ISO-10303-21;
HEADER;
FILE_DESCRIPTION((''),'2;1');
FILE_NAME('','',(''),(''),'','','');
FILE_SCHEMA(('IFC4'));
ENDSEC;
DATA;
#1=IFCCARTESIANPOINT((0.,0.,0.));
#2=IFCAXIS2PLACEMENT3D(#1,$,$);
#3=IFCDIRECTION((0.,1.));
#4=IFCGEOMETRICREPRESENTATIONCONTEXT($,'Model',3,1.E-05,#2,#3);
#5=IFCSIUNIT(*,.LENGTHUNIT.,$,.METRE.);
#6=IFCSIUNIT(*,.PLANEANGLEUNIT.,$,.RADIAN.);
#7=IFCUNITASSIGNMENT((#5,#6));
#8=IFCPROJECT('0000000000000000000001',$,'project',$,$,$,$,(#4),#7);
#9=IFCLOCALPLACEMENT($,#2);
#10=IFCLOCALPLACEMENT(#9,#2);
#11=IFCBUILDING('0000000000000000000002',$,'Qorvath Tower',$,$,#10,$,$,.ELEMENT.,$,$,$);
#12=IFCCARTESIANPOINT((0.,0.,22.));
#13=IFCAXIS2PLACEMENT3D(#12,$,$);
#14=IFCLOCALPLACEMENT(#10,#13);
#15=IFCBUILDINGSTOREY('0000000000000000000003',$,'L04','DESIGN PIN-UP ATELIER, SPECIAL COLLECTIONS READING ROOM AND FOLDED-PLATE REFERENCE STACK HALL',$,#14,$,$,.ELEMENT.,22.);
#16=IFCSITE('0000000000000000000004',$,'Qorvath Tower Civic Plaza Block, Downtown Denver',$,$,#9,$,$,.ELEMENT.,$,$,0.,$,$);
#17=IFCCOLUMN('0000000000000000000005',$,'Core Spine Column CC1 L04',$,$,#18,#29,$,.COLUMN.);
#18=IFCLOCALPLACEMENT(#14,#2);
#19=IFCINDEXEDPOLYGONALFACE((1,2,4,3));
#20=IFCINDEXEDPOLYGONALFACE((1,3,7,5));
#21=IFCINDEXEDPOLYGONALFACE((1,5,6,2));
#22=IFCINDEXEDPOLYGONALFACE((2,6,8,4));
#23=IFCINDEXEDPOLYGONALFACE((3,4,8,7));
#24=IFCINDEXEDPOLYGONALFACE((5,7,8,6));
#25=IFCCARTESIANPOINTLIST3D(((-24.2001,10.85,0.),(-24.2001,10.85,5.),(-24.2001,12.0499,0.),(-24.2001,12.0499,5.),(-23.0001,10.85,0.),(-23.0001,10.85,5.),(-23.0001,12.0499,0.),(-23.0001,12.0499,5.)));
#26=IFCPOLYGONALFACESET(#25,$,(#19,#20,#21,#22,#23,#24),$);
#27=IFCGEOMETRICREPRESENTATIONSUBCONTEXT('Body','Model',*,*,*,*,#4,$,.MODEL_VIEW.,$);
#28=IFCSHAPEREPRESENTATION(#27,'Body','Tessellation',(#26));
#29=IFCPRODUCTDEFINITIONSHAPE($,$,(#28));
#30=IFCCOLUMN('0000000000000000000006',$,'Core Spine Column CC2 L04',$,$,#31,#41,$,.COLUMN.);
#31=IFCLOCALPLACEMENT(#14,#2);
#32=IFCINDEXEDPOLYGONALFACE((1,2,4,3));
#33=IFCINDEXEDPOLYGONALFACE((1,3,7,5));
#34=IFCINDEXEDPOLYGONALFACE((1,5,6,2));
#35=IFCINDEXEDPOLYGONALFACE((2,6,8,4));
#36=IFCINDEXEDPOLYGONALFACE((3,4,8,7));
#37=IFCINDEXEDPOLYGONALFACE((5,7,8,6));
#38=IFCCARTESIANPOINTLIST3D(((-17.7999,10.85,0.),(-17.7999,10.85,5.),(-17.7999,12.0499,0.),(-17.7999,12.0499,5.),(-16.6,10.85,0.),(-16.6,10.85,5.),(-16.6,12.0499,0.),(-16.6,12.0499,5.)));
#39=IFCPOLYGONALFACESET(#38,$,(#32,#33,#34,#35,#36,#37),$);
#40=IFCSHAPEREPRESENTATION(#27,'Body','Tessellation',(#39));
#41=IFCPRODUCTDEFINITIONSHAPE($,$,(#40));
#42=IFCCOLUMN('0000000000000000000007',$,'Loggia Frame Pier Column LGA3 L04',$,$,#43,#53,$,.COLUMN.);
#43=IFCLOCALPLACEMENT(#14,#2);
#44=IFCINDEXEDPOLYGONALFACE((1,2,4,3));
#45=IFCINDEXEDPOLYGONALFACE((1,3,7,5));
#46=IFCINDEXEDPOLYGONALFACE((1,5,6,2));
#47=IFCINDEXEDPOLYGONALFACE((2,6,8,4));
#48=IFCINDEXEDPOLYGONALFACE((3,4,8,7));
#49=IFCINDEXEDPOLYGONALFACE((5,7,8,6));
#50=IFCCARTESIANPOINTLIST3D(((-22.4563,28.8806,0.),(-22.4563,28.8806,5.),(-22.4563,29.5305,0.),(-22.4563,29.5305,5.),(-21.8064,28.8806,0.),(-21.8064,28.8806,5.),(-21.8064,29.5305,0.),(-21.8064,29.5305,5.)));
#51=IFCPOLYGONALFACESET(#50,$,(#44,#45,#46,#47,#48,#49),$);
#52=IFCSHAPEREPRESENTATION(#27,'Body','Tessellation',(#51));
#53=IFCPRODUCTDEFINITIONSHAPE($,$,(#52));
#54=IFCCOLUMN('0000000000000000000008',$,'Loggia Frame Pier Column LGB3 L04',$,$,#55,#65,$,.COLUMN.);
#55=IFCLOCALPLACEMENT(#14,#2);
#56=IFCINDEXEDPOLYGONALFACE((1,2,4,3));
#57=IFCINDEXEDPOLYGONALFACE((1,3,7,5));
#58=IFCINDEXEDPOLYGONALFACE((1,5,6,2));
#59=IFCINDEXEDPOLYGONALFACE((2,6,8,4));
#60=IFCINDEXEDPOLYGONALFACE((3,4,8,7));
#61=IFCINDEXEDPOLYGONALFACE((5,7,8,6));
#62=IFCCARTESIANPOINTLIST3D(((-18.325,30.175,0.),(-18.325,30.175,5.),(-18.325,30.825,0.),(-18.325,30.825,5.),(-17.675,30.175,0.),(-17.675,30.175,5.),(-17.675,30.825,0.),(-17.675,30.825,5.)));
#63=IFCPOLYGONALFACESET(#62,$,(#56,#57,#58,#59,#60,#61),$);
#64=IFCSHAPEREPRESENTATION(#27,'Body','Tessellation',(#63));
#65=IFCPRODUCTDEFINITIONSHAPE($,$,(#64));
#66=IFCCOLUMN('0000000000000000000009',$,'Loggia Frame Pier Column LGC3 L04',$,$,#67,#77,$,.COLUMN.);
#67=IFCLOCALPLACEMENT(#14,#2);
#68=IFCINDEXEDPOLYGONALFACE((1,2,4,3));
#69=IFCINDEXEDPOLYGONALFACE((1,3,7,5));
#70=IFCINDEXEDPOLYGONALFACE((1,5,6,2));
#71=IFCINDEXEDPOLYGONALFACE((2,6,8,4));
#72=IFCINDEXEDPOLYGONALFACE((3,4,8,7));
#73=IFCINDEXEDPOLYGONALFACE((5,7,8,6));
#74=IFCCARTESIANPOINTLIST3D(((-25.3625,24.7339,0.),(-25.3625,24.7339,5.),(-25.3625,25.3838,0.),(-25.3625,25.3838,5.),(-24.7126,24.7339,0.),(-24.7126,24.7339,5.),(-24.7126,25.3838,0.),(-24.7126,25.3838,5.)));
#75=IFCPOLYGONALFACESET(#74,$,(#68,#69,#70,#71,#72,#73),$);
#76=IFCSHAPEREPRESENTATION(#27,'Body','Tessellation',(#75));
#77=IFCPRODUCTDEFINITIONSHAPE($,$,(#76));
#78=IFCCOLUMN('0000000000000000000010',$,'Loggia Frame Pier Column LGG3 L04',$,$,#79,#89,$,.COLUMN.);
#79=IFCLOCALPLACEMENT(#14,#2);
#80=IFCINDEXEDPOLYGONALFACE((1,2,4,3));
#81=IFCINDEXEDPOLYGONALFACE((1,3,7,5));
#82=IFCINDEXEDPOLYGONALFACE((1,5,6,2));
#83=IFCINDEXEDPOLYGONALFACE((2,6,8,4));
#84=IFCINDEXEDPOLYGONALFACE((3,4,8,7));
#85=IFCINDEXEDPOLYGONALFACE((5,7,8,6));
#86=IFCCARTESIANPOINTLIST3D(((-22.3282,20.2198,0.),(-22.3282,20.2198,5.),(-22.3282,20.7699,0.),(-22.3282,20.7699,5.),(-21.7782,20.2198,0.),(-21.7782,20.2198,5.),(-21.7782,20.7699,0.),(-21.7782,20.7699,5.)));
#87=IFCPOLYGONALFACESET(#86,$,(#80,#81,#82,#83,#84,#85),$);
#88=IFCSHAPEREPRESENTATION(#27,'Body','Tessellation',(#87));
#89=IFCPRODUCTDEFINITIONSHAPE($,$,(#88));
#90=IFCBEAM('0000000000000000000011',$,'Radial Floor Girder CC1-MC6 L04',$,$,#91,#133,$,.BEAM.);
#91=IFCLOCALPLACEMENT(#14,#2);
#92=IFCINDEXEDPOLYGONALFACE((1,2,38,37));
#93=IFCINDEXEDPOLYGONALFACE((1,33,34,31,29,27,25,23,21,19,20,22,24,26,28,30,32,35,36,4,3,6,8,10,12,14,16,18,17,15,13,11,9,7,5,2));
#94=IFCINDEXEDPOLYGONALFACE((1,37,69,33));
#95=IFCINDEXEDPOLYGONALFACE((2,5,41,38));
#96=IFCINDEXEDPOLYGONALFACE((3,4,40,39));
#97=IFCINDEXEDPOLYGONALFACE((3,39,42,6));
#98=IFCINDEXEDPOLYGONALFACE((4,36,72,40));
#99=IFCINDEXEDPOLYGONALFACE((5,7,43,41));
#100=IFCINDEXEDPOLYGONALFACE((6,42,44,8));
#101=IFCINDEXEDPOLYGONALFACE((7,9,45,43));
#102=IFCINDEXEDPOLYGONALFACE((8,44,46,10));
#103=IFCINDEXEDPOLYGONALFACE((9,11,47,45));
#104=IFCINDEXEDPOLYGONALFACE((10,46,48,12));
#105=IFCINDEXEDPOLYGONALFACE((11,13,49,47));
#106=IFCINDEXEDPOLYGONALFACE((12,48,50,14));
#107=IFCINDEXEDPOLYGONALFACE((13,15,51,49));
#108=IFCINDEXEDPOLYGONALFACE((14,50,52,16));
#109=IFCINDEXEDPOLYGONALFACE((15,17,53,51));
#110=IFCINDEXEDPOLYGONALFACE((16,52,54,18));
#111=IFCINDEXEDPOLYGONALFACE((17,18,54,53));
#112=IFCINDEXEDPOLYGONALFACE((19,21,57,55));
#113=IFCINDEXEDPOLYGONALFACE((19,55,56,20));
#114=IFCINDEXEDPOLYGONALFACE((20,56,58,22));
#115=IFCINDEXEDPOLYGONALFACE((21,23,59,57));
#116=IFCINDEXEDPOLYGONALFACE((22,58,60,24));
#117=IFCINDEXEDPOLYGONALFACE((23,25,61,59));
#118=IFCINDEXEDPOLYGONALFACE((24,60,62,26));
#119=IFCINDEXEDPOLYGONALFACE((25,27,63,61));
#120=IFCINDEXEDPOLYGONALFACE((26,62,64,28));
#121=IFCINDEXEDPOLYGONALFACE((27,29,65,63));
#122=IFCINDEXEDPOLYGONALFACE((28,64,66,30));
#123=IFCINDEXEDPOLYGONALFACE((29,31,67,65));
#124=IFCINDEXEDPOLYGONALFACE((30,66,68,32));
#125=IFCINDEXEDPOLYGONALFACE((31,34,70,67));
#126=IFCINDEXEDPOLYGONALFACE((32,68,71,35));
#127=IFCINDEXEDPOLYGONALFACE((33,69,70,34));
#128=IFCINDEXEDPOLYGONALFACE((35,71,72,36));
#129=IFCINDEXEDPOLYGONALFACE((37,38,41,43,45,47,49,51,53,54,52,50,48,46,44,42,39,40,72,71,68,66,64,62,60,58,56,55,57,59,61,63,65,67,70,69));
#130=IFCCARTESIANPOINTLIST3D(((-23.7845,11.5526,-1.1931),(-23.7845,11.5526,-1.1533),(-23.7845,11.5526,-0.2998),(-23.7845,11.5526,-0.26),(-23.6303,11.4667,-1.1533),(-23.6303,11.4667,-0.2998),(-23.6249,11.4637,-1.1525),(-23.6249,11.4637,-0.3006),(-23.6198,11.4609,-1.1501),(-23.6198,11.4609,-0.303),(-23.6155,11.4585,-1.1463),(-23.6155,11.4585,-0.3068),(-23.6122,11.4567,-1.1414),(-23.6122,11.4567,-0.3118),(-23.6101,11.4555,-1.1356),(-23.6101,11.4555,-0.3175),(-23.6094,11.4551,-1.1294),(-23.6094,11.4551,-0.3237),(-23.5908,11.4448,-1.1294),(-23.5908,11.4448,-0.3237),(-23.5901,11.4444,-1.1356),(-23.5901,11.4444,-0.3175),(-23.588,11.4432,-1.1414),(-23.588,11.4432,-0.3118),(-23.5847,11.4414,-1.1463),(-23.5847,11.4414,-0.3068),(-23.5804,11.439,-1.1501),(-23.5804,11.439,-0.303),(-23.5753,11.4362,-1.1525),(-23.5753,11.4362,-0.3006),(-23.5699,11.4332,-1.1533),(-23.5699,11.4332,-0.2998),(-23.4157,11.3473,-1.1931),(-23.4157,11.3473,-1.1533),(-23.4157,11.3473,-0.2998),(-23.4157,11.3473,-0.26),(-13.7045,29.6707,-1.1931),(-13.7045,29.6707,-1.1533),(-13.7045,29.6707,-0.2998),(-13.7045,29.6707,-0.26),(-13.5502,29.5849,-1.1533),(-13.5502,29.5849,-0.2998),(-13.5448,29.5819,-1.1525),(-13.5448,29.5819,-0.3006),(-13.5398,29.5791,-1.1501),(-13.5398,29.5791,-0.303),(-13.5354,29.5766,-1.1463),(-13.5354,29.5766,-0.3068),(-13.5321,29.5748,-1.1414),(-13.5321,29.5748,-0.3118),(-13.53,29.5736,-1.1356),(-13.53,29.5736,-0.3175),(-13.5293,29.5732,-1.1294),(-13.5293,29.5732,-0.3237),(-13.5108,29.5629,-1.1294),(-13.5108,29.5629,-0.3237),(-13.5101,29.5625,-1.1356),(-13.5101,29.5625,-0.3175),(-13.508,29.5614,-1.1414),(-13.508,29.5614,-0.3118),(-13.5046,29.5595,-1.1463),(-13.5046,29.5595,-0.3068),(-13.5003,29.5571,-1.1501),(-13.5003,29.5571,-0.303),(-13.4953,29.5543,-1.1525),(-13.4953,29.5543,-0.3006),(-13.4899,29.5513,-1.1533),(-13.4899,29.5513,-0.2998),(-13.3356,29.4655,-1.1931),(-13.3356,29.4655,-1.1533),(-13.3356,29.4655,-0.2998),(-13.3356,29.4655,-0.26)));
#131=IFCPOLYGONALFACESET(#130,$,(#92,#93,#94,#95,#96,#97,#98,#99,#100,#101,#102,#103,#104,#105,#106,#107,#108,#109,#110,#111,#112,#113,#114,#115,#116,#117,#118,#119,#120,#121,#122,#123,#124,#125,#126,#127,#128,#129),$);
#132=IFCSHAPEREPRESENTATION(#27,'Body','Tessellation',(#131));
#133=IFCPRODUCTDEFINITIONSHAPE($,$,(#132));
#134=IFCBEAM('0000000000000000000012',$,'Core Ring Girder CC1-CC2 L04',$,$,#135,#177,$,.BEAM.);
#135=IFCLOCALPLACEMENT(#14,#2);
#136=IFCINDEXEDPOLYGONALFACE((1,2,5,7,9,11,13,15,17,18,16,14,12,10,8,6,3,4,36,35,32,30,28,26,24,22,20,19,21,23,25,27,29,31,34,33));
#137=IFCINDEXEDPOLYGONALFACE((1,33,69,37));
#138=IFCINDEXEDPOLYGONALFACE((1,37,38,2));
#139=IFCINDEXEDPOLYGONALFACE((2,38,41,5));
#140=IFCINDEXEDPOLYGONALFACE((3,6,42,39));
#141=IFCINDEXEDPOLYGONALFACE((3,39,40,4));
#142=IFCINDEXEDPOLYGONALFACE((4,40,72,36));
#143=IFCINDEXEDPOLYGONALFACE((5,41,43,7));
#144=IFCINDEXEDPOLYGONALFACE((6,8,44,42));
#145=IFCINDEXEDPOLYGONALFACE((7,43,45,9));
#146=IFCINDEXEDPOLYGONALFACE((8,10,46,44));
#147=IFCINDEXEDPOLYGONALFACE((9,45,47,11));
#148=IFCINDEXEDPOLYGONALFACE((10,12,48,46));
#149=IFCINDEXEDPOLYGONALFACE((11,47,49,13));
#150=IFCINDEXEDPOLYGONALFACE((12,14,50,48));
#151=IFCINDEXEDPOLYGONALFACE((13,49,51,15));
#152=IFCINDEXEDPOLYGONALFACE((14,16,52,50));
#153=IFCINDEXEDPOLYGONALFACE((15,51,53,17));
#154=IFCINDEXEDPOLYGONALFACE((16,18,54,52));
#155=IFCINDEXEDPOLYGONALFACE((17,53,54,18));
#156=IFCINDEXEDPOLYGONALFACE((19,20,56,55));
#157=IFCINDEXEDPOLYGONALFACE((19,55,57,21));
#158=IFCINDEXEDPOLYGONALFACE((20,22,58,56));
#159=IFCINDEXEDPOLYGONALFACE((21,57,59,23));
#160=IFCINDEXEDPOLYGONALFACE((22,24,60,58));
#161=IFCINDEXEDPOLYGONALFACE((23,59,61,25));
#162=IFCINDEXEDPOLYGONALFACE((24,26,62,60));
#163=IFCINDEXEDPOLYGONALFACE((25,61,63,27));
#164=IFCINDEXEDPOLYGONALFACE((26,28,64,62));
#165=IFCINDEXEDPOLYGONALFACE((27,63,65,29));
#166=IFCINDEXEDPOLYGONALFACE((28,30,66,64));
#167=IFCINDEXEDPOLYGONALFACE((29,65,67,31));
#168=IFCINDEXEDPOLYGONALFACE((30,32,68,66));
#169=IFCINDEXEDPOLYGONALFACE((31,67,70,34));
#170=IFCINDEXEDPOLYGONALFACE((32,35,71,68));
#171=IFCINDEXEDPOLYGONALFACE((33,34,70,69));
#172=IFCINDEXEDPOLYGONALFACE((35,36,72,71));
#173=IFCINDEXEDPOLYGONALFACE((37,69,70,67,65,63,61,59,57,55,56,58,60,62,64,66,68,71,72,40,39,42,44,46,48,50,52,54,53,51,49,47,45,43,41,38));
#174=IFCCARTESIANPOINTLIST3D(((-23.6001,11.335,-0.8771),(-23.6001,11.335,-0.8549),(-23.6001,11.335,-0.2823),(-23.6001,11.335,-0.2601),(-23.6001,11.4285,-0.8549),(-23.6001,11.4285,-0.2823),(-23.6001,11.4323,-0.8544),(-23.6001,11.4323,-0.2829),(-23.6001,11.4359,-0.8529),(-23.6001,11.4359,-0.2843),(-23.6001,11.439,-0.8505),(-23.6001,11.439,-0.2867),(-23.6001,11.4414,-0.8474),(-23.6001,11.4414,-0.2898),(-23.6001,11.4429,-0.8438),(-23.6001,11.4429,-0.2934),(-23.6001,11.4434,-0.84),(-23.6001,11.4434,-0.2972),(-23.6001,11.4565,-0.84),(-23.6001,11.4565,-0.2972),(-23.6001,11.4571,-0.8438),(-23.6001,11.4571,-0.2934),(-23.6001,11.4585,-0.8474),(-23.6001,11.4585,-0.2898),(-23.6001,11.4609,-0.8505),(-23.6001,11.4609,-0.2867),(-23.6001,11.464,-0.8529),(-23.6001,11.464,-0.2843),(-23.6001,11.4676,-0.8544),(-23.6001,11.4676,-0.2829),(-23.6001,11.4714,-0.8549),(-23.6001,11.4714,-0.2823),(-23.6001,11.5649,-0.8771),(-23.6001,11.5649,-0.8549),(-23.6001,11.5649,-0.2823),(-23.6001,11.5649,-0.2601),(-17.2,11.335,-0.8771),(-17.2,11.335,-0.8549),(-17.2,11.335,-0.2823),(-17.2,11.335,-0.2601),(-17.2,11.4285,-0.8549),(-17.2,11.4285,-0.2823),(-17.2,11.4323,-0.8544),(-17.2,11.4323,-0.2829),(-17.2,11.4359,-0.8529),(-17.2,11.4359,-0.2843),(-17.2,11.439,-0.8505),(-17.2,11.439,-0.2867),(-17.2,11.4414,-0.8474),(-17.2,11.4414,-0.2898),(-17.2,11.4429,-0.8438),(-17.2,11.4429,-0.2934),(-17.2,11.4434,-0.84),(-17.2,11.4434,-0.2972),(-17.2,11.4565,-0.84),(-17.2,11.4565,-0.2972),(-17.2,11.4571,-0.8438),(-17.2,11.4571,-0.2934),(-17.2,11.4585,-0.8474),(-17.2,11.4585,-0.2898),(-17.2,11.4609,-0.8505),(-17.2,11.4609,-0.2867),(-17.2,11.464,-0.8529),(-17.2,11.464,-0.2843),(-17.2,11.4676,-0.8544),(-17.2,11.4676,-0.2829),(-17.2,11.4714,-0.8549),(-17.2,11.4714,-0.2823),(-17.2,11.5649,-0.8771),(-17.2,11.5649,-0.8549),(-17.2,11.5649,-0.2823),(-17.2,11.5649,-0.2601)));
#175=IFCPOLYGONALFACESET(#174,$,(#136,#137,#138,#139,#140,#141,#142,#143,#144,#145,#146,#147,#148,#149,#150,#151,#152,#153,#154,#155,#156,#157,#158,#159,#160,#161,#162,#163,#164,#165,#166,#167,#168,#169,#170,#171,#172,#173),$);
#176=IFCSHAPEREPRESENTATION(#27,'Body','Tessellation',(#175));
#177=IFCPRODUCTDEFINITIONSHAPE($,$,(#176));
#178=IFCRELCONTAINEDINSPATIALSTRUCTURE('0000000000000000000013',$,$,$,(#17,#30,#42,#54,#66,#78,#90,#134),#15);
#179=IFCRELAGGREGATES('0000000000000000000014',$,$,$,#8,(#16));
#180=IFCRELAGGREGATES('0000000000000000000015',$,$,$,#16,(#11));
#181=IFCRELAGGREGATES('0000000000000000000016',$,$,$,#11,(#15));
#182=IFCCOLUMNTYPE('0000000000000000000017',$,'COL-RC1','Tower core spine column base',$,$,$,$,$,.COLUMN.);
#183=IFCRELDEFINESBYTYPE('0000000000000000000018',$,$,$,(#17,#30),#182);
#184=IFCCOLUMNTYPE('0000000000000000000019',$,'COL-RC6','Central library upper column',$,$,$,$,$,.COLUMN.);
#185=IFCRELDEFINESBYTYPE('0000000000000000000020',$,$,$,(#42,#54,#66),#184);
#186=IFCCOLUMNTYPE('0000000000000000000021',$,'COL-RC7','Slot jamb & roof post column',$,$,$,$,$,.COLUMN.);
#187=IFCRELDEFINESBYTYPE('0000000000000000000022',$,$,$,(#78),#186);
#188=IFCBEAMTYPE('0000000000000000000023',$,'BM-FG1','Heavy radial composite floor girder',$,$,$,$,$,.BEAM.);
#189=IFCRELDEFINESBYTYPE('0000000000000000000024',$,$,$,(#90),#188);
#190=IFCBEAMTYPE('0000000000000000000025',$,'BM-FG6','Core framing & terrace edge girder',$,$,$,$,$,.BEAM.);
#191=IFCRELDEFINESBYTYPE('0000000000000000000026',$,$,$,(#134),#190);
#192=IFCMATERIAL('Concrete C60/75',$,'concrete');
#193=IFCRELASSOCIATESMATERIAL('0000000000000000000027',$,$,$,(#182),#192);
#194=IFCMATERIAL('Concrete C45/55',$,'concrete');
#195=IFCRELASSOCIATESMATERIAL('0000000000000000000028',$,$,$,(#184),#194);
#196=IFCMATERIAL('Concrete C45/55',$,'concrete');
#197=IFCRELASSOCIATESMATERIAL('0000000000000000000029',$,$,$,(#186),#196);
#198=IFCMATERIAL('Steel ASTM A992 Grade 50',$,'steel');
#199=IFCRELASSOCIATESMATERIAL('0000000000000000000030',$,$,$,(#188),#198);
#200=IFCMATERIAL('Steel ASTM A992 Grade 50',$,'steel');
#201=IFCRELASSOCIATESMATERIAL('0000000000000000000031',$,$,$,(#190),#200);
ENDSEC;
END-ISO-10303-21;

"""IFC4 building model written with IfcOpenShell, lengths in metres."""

from ifc_helpers import new_model, si_unit, direction, frame, origin, origin_2d, place, context, subcontext, project, spatial, rectangle, i_section, extrude, material, material_profile, profile_set, type_object, element, save


model = new_model("IFC4")

# Units and contexts
model_context = context("Model", 3, precision=1e-05, world=origin(), true_north=direction((0.0, 1.0)))
body_context = subcontext(model_context, "Body", "Model", "MODEL_VIEW")
ifc_project = project(units=[si_unit("LENGTHUNIT", "METRE"), si_unit("PLANEANGLEUNIT", "RADIAN")], contexts=[model_context])

# Site, building, storey
site_placement = place(None, origin())
site = spatial("IfcSite", under=ifc_project, at=site_placement, Name="Qorvath Tower Civic Plaza Block, Downtown Denver", CompositionType="ELEMENT", RefElevation=0.0)
building_placement = place(site_placement, origin())
building = spatial("IfcBuilding", under=site, at=building_placement, Name="Qorvath Tower", CompositionType="ELEMENT")
storey_placement = place(building_placement, frame((0.0, 0.0, 22.0)))
storey = spatial("IfcBuildingStorey", under=building, at=storey_placement, Name="L04", Description="DESIGN PIN-UP ATELIER, SPECIAL COLLECTIONS READING ROOM AND FOLDED-PLATE REFERENCE STACK HALL", CompositionType="ELEMENT", Elevation=22.0)

# Columns
ifc_material_1 = material(Name="Concrete C60/75", Category="concrete")
ifc_material_profile_1 = material_profile(ifc_material_1, rectangle(XDim=1.2, YDim=1.2, at=origin_2d()), Name="RC 1200x1200")
ifc_profile_set_1 = profile_set([ifc_material_profile_1], Name="Concrete C60/75")
column_type_1 = type_object("IfcColumnType", Name="COL-RC1", Description="Tower core spine column base", PredefinedType="COLUMN", material=ifc_profile_set_1)
for number, where, z_axis, x_axis, name in (
    (1, (-23.6001, 11.45, 0.0), (0.0, 0.0, 1.0), (1.0, 0.0, 0.0), "Core Spine Column CC1 L04"),
    (2, (-17.2, 11.45, 0.0), (0.0, 0.0, 1.0), (1.0, 0.0, 0.0), "Core Spine Column CC2 L04"),
):
    element("IfcColumn", number, at=place(storey_placement, frame(where, z_axis=z_axis, x_axis=x_axis)), inside=storey, type_object=column_type_1, Name=name, PredefinedType="COLUMN", context=body_context, shape_type="SweptSolid", body=[
        extrude(rectangle(XDim=1.2, YDim=1.2, at=origin_2d()), origin(), (0.0, 0.0, 1.0), 5.0),
    ])
ifc_material_2 = material(Name="Concrete C45/55", Category="concrete")
ifc_material_profile_2 = material_profile(ifc_material_2, rectangle(XDim=0.6499, YDim=0.6499, at=origin_2d()), Name="RC 650x650")
ifc_profile_set_2 = profile_set([ifc_material_profile_2], Name="Concrete C45/55")
column_type_2 = type_object("IfcColumnType", Name="COL-RC6", Description="Central library upper column", PredefinedType="COLUMN", material=ifc_profile_set_2)
for number, where, z_axis, x_axis, name in (
    (3, (-22.1313, 29.2056, 0.0), (0.0, 0.0, 1.0), (1.0, 0.0, 0.0), "Loggia Frame Pier Column LGA3 L04"),
    (4, (-18.0, 30.5, 0.0), (0.0, 0.0, 1.0), (1.0, 0.0, 0.0), "Loggia Frame Pier Column LGB3 L04"),
    (5, (-25.0376, 25.0588, 0.0), (0.0, 0.0, 1.0), (1.0, 0.0, 0.0), "Loggia Frame Pier Column LGC3 L04"),
):
    element("IfcColumn", number, at=place(storey_placement, frame(where, z_axis=z_axis, x_axis=x_axis)), inside=storey, type_object=column_type_2, Name=name, PredefinedType="COLUMN", context=body_context, shape_type="SweptSolid", body=[
        extrude(rectangle(XDim=0.6499, YDim=0.6499, at=origin_2d()), origin(), (0.0, 0.0, 1.0), 5.0),
    ])
ifc_material_3 = material(Name="Concrete C45/55", Category="concrete")
ifc_material_profile_3 = material_profile(ifc_material_3, rectangle(XDim=0.55, YDim=0.55, at=origin_2d()), Name="RC 550x550")
ifc_profile_set_3 = profile_set([ifc_material_profile_3], Name="Concrete C45/55")
column_type_3 = type_object("IfcColumnType", Name="COL-RC7", Description="Slot jamb & roof post column", PredefinedType="COLUMN", material=ifc_profile_set_3)
column_placement = place(storey_placement, frame((-22.0532, 20.4949, 0.0), z_axis=(0.0, 0.0, 1.0), x_axis=(1.0, 0.0, 0.0)))
element("IfcColumn", 6, at=column_placement, inside=storey, type_object=column_type_3, Name="Loggia Frame Pier Column LGG3 L04", PredefinedType="COLUMN", context=body_context, shape_type="SweptSolid", body=[
    extrude(rectangle(XDim=0.55, YDim=0.55, at=origin_2d()), origin(), (0.0, 0.0, 1.0), 5.0),
])

# Beams
ifc_material_4 = material(Name="Steel ASTM A992 Grade 50", Category="steel")
ifc_material_profile_4 = material_profile(ifc_material_4, i_section(OverallWidth=0.4221, OverallDepth=0.9331, WebThickness=0.0212, FlangeThickness=0.0398, FilletRadius=0.0239, at=origin_2d()), Name="W36x262")
ifc_profile_set_4 = profile_set([ifc_material_profile_4], Name="Steel ASTM A992 Grade 50")
beam_type_1 = type_object("IfcBeamType", Name="BM-FG1", Description="Heavy radial composite floor girder", PredefinedType="BEAM", material=ifc_profile_set_4)
beam_1_placement = place(storey_placement, frame((-23.6001, 11.45, -0.7266), z_axis=(0.486175, 0.873862, 0.0), x_axis=(-0.873862, 0.486175, 0.0)))
element("IfcBeam", 7, at=beam_1_placement, inside=storey, type_object=beam_type_1, Name="Radial Floor Girder CC1-MC6 L04", PredefinedType="BEAM", context=body_context, shape_type="SweptSolid", body=[
    extrude(i_section(OverallWidth=0.4221, OverallDepth=0.9331, WebThickness=0.0212, FlangeThickness=0.0398, FilletRadius=0.0239, at=origin_2d()), origin(), (0.0, 0.0, 1.0), 20.7334),
])
ifc_material_5 = material(Name="Steel ASTM A992 Grade 50", Category="steel")
ifc_material_profile_5 = material_profile(ifc_material_5, i_section(OverallWidth=0.23, OverallDepth=0.6169, WebThickness=0.0132, FlangeThickness=0.0222, FilletRadius=0.0149, at=origin_2d()), Name="W24x94")
ifc_profile_set_5 = profile_set([ifc_material_profile_5], Name="Steel ASTM A992 Grade 50")
beam_type_2 = type_object("IfcBeamType", Name="BM-FG6", Description="Core framing & terrace edge girder", PredefinedType="BEAM", material=ifc_profile_set_5)
beam_2_placement = place(storey_placement, frame((-23.6001, 11.45, -0.5686), z_axis=(1.0, 0.0, 0.0), x_axis=(0.0, 1.0, 0.0)))
element("IfcBeam", 8, at=beam_2_placement, inside=storey, type_object=beam_type_2, Name="Core Ring Girder CC1-CC2 L04", PredefinedType="BEAM", context=body_context, shape_type="SweptSolid", body=[
    extrude(i_section(OverallWidth=0.23, OverallDepth=0.6169, WebThickness=0.0132, FlangeThickness=0.0222, FilletRadius=0.0149, at=origin_2d()), origin(), (0.0, 0.0, 1.0), 6.4001),
])

save(model, "model.ifc")
